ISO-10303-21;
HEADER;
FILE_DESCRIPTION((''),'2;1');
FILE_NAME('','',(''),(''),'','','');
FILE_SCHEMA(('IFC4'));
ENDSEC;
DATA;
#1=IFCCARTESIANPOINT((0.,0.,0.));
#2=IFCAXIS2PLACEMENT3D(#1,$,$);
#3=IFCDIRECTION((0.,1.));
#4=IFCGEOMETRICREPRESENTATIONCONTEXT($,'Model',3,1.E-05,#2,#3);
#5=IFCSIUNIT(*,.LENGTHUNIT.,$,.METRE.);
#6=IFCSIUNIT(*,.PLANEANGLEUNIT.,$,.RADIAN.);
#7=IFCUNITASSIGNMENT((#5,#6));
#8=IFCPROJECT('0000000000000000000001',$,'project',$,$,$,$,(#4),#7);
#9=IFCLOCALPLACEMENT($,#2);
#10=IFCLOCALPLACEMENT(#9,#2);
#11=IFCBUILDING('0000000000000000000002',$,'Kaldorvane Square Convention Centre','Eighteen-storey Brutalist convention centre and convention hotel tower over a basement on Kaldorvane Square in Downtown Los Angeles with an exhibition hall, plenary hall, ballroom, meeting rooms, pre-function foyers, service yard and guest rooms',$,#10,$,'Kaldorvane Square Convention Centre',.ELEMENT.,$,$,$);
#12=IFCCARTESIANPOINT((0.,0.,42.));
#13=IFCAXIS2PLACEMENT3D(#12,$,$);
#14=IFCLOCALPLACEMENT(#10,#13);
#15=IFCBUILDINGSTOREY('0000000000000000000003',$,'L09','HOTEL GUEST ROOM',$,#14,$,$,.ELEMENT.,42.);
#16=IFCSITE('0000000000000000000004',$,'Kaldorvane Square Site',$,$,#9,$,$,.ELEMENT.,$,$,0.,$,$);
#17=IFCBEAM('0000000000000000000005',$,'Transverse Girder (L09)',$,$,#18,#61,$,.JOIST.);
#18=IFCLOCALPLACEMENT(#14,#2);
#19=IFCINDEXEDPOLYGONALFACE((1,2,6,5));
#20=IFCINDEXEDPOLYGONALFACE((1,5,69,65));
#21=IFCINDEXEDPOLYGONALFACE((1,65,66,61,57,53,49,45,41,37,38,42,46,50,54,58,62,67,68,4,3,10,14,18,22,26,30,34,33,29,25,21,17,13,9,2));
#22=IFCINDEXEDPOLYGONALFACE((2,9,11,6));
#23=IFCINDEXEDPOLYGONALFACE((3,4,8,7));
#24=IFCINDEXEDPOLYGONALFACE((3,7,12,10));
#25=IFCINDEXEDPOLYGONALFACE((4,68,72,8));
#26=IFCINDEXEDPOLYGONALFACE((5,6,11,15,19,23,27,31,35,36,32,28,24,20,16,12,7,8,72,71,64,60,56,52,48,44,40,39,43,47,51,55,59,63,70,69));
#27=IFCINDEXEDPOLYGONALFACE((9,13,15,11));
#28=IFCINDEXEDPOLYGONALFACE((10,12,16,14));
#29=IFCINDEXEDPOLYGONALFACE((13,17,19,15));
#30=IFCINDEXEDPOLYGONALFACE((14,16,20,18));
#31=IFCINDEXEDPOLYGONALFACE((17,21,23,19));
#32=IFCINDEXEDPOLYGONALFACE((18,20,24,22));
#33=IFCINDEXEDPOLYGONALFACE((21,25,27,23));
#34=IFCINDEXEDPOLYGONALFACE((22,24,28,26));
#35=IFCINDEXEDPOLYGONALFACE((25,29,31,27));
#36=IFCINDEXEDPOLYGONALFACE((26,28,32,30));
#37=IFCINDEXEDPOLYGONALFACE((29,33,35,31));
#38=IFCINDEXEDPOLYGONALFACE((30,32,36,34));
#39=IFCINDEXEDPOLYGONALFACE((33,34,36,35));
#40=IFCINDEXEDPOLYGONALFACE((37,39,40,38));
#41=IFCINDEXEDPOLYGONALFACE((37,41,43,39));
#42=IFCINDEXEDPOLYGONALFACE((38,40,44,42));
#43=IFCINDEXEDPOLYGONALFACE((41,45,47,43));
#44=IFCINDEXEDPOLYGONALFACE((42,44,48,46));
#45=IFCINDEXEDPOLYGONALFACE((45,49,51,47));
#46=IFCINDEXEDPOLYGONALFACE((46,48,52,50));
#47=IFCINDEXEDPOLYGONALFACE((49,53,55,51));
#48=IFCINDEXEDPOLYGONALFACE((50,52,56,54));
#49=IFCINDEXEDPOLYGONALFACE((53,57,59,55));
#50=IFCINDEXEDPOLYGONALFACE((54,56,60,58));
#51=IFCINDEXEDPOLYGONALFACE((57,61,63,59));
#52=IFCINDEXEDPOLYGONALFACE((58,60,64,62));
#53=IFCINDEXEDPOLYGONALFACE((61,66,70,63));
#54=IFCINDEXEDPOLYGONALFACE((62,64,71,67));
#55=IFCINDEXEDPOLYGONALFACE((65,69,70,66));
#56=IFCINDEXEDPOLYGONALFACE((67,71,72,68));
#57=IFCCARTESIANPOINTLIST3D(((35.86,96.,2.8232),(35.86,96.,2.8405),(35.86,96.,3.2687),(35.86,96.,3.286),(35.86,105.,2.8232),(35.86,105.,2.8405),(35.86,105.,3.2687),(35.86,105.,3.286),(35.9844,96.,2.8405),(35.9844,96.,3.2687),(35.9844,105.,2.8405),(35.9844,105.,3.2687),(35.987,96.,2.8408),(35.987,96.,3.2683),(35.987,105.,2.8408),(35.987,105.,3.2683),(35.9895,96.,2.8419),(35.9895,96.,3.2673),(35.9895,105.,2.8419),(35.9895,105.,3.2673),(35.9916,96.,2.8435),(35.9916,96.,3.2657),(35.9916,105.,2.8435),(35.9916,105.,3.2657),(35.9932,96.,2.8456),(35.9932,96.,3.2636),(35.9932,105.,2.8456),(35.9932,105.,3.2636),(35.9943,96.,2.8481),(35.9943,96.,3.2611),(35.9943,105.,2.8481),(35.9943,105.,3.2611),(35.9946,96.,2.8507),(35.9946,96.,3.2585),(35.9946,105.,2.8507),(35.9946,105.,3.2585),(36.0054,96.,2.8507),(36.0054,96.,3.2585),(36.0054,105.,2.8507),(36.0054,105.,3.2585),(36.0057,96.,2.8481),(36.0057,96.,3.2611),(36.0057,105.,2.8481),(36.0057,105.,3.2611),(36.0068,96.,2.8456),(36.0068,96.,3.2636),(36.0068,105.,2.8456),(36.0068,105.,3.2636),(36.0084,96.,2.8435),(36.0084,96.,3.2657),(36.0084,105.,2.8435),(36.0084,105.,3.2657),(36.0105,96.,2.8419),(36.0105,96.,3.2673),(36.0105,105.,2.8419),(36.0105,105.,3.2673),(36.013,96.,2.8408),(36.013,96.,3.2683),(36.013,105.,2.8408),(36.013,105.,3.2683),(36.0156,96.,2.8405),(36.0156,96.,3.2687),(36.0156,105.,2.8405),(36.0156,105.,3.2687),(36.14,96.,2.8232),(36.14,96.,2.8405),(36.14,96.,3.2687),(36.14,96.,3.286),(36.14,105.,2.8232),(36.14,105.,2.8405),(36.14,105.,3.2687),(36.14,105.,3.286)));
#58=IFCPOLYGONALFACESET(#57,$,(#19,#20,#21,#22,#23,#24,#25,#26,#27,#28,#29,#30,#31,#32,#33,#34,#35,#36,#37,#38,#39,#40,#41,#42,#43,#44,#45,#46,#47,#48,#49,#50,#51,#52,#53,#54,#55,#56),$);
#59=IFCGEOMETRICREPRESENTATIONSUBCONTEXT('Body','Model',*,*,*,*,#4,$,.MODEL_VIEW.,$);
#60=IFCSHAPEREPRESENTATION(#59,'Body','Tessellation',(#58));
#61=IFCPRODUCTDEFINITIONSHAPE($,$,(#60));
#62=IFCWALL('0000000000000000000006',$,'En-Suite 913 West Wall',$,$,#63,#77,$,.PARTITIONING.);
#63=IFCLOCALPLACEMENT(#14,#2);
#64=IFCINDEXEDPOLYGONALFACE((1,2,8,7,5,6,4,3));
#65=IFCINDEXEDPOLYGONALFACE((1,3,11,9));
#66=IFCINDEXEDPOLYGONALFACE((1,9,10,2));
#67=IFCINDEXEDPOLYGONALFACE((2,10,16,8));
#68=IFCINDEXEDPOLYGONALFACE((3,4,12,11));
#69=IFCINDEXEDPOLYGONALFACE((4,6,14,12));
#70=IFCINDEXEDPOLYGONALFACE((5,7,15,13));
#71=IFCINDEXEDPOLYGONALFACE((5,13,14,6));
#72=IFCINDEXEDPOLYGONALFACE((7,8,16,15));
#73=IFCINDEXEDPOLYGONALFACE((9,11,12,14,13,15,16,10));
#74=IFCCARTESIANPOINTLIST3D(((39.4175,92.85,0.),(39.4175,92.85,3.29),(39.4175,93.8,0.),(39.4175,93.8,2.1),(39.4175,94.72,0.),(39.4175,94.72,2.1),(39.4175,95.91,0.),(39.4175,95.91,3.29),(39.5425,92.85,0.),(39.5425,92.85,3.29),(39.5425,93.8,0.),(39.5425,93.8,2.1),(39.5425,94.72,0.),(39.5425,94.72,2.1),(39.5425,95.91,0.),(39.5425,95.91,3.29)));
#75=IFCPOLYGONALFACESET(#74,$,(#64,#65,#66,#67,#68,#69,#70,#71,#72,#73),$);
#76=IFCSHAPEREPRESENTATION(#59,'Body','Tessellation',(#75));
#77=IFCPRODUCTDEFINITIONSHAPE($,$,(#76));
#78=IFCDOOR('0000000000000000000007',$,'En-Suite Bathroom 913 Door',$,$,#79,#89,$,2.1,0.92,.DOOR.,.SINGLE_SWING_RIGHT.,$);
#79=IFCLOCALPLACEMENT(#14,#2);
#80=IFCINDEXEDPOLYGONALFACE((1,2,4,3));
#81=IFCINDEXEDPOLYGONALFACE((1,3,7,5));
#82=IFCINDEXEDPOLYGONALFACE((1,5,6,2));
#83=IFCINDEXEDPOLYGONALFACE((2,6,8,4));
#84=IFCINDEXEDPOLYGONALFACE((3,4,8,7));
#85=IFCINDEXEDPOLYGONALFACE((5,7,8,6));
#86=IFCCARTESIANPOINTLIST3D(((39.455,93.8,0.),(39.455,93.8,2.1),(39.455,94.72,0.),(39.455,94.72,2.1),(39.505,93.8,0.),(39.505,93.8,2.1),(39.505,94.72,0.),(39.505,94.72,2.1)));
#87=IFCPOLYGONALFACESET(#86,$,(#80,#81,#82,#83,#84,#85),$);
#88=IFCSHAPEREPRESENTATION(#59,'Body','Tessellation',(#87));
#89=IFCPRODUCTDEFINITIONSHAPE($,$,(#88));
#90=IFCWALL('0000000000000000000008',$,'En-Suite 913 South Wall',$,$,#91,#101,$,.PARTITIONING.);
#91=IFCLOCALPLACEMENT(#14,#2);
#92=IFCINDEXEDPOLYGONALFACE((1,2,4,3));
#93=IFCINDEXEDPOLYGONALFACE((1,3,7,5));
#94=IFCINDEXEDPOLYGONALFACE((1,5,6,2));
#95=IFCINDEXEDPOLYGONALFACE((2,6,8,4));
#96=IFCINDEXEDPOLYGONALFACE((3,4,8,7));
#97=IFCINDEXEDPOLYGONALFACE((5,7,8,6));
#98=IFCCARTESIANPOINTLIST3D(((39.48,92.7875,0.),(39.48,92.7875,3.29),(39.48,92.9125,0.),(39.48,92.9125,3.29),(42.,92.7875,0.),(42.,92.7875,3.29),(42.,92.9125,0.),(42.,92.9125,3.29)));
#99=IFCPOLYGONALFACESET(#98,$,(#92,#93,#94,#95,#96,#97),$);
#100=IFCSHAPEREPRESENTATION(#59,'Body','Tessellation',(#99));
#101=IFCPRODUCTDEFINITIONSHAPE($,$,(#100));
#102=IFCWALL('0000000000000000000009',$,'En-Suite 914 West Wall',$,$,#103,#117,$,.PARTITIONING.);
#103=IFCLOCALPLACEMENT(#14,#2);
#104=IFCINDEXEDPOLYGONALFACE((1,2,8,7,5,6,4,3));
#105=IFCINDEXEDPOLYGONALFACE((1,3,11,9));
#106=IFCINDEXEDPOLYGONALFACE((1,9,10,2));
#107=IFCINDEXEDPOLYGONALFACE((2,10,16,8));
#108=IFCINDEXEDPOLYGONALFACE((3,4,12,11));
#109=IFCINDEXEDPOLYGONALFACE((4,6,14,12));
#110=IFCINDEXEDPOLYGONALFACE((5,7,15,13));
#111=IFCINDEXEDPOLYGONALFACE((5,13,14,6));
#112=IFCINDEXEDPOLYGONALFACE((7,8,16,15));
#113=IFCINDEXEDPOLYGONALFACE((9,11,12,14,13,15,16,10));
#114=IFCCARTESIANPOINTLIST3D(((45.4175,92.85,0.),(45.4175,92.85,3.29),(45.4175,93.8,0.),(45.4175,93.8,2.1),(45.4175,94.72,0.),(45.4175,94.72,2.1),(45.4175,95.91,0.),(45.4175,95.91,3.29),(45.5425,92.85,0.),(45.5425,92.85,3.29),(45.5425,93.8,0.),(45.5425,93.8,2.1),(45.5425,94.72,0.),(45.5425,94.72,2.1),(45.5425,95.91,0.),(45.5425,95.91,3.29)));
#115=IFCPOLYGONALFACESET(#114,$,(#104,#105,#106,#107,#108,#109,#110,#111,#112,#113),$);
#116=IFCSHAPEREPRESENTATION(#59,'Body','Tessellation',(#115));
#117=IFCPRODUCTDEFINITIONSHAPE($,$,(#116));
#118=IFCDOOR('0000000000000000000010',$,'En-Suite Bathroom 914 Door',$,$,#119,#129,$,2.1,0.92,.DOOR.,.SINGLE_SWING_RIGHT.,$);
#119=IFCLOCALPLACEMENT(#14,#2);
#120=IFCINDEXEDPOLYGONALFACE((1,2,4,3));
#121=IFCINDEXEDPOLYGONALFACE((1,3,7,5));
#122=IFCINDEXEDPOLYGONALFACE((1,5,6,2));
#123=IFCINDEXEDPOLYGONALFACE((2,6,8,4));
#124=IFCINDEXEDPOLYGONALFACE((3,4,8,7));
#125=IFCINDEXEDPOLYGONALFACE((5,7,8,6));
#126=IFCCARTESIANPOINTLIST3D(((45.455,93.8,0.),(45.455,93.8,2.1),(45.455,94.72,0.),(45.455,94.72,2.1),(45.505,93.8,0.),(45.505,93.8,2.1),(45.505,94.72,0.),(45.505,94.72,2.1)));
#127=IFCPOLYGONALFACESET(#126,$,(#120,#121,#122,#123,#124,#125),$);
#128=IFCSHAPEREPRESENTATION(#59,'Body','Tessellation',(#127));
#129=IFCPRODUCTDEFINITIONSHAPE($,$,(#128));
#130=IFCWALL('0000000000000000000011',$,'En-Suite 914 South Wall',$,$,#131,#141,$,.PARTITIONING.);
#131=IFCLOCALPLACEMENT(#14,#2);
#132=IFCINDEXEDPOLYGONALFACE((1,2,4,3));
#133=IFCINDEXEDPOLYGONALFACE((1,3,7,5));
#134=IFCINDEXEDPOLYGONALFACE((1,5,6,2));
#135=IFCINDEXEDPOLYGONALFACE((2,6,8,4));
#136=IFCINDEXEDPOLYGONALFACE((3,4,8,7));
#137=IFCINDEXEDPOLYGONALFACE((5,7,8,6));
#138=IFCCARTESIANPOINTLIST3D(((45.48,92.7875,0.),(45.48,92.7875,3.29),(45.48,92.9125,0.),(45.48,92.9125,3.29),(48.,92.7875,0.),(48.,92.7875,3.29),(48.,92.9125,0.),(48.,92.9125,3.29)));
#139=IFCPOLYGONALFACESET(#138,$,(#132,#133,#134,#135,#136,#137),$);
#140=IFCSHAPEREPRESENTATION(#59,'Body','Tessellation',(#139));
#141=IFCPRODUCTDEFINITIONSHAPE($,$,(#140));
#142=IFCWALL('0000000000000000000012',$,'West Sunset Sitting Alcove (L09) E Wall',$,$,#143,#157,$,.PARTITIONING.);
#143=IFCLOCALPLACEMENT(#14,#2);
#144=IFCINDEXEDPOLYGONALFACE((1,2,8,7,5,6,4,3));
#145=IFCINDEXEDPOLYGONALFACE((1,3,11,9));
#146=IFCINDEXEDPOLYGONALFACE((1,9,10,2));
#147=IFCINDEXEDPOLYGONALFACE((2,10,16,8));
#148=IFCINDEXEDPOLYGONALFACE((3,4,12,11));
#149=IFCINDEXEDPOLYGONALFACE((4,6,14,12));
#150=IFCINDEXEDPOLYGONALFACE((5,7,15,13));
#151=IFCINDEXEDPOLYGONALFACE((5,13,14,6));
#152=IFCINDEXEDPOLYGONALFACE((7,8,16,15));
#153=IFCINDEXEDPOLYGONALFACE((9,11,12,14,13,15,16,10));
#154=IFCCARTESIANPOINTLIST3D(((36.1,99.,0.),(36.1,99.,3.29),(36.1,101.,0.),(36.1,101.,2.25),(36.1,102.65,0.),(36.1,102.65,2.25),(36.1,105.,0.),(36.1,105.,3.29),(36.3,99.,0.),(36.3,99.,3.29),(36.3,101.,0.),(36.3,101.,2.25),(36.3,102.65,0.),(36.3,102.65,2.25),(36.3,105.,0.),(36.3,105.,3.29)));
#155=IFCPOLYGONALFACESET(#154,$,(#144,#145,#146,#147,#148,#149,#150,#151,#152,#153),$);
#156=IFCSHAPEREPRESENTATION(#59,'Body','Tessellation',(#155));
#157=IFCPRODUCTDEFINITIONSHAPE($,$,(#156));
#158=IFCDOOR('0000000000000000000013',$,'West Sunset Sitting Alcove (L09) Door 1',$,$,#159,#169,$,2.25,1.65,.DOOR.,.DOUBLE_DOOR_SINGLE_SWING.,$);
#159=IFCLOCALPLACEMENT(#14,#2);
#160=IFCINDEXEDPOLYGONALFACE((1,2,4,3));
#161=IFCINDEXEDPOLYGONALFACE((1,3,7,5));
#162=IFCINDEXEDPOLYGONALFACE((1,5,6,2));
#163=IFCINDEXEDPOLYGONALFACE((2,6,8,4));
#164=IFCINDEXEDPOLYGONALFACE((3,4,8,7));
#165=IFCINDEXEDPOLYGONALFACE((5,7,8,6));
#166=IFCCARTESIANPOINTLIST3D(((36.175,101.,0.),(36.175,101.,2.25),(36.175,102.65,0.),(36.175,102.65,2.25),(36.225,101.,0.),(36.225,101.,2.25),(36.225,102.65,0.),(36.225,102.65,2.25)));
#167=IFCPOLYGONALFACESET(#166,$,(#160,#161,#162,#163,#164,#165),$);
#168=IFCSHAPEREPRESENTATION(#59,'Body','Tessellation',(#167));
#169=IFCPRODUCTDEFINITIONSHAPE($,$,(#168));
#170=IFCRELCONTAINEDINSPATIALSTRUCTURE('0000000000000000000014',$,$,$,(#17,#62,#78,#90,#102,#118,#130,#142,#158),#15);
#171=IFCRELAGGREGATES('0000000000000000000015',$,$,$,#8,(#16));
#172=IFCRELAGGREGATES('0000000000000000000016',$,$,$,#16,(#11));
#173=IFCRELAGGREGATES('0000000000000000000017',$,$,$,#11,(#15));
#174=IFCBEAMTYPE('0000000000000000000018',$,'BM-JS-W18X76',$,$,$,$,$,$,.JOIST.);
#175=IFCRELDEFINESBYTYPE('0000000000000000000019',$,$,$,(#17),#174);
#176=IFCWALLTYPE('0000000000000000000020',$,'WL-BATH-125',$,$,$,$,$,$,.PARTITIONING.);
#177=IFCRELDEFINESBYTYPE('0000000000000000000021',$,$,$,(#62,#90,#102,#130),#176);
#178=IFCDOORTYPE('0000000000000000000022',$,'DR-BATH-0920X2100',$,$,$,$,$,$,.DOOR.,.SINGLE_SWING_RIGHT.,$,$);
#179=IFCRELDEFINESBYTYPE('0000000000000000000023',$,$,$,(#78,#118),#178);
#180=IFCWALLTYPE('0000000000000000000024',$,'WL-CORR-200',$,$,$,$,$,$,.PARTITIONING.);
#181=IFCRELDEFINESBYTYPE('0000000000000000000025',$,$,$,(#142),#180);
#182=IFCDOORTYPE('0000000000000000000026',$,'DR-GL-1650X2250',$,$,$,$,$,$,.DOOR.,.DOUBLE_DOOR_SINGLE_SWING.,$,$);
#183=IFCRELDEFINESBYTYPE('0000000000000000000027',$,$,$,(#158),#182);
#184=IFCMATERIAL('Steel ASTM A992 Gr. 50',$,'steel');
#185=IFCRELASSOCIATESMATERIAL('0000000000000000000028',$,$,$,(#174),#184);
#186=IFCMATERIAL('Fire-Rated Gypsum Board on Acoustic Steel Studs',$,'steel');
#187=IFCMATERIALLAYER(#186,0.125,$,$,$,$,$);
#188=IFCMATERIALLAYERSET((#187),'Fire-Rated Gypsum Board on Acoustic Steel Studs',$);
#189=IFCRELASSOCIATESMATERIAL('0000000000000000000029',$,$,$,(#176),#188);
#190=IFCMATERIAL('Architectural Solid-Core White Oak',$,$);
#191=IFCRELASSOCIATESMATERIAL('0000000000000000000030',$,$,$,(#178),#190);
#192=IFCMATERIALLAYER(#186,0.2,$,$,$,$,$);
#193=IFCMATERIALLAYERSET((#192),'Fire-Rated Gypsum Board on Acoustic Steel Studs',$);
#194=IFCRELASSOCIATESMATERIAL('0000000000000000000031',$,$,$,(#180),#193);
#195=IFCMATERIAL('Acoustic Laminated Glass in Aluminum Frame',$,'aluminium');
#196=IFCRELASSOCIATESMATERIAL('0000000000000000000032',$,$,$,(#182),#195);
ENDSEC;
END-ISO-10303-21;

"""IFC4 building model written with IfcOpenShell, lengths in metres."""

from ifc_helpers import new_model, si_unit, direction, frame, frame_2d, origin, origin_2d, place, context, subcontext, project, spatial, rectangle, i_section, extrude, material, layer, layer_set, material_profile, profile_set, type_object, element, fill, save


model = new_model("IFC4")

# Units and contexts
model_context = context("Model", 3, precision=1e-05, world=origin(), true_north=direction((0.0, 1.0)))
body_context = subcontext(model_context, "Body", "Model", "MODEL_VIEW")
ifc_project = project(units=[si_unit("LENGTHUNIT", "METRE"), si_unit("PLANEANGLEUNIT", "RADIAN")], contexts=[model_context])

# Site, building, storey
site_placement = place(None, origin())
site = spatial("IfcSite", under=ifc_project, at=site_placement, Name="Kaldorvane Square Site", CompositionType="ELEMENT", RefElevation=0.0)
building_placement = place(site_placement, origin())
building = spatial("IfcBuilding", under=site, at=building_placement, Name="Kaldorvane Square Convention Centre", Description="Eighteen-storey Brutalist convention centre and convention hotel tower over a basement on Kaldorvane Square in Downtown Los Angeles with an exhibition hall, plenary hall, ballroom, meeting rooms, pre-function foyers, service yard and guest rooms", LongName="Kaldorvane Square Convention Centre", CompositionType="ELEMENT")
storey_placement = place(building_placement, frame((0.0, 0.0, 42.0)))
storey = spatial("IfcBuildingStorey", under=building, at=storey_placement, Name="L09", Description="HOTEL GUEST ROOM", CompositionType="ELEMENT", Elevation=42.0)

# Shared definitions
ifc_material_1 = material(Name="Steel ASTM A992 Gr. 50", Category="steel")

# Beam
ifc_material_profile_1 = material_profile(ifc_material_1, i_section(OverallWidth=0.2799, OverallDepth=0.4628, WebThickness=0.0108, FlangeThickness=0.0173, FilletRadius=0.0102, at=origin_2d()), Name="W18X76")
ifc_profile_set_1 = profile_set([ifc_material_profile_1], Name="Steel ASTM A992 Gr. 50")
beam_type_1 = type_object("IfcBeamType", Name="BM-JS-W18X76", PredefinedType="JOIST", material=ifc_profile_set_1)
beam_1_placement = place(storey_placement, frame((36.0, 96.0, 3.0546), z_axis=(0.0, 1.0, 0.0), x_axis=(-1.0, 0.0, 0.0)))
element("IfcBeam", 1, at=beam_1_placement, inside=storey, type_object=beam_type_1, Name="Transverse Girder (L09)", PredefinedType="JOIST", context=body_context, shape_type="SweptSolid", body=[
    extrude(i_section(OverallWidth=0.2799, OverallDepth=0.4628, WebThickness=0.0108, FlangeThickness=0.0173, FilletRadius=0.0102, at=origin_2d()), origin(), (0.0, 0.0, 1.0), 9.0),
])

# Wall, opening, door
ifc_material_2 = material(Name="Fire-Rated Gypsum Board on Acoustic Steel Studs", Category="steel")
ifc_layer_1 = layer(ifc_material_2, 0.125)
ifc_layer_set_1 = layer_set([ifc_layer_1], Name="Fire-Rated Gypsum Board on Acoustic Steel Studs")
wall_type_1 = type_object("IfcWallType", Name="WL-BATH-125", PredefinedType="PARTITIONING", material=ifc_layer_set_1)
wall_1_placement = place(storey_placement, frame((39.48, 92.85, 0.0), z_axis=(0.0, 0.0, 1.0), x_axis=(0.0, 1.0, 0.0)))
wall_1 = element("IfcWall", 2, at=wall_1_placement, inside=storey, type_object=wall_type_1, Name="En-Suite 913 West Wall", PredefinedType="PARTITIONING", context=body_context, shape_type="SweptSolid", body=[
    extrude(rectangle(XDim=3.06, YDim=0.125, at=frame_2d((1.53, 0.0))), origin(), (0.0, 0.0, 1.0), 3.29),
])
opening_1_placement = place(wall_1_placement, frame((0.95, 0.0, 0.0)))
opening_1 = element("IfcOpeningElement", 3, at=opening_1_placement, cuts=wall_1, PredefinedType="OPENING", context=body_context, shape_type="SweptSolid", body=[
    extrude(rectangle(XDim=0.92, YDim=2.1, at=frame_2d((0.46, 1.05))), frame((0.0, 0.0775, 0.0), z_axis=(0.0, -1.0, 0.0), x_axis=(1.0, 0.0, 0.0)), (0.0, 0.0, 1.0), 0.155),
])
ifc_material_3 = material(Name="Architectural Solid-Core White Oak")
door_type_1 = type_object("IfcDoorType", Name="DR-BATH-0920X2100", OperationType="SINGLE_SWING_RIGHT", PredefinedType="DOOR", material=ifc_material_3)
door_1_placement = place(opening_1_placement, origin())
door_1 = element("IfcDoor", 4, at=door_1_placement, inside=storey, type_object=door_type_1, Name="En-Suite Bathroom 913 Door", OperationType="SINGLE_SWING_RIGHT", OverallHeight=2.1, OverallWidth=0.92, PredefinedType="DOOR", context=body_context, shape_type="SweptSolid", body=[
    extrude(rectangle(XDim=0.92, YDim=2.1, at=frame_2d((0.46, 1.05))), frame((0.0, 0.025, 0.0), z_axis=(0.0, -1.0, 0.0), x_axis=(1.0, 0.0, 0.0)), (0.0, 0.0, 1.0), 0.05),
])
fill(opening_1, door_1)

# Wall
wall_2_placement = place(storey_placement, frame((39.48, 92.85, 0.0), z_axis=(0.0, 0.0, 1.0), x_axis=(1.0, 0.0, 0.0)))
element("IfcWall", 5, at=wall_2_placement, inside=storey, type_object=wall_type_1, Name="En-Suite 913 South Wall", PredefinedType="PARTITIONING", context=body_context, shape_type="SweptSolid", body=[
    extrude(rectangle(XDim=2.52, YDim=0.125, at=frame_2d((1.26, 0.0))), origin(), (0.0, 0.0, 1.0), 3.29),
])

# Wall, opening, door
wall_3_placement = place(storey_placement, frame((45.48, 92.85, 0.0), z_axis=(0.0, 0.0, 1.0), x_axis=(0.0, 1.0, 0.0)))
wall_3 = element("IfcWall", 6, at=wall_3_placement, inside=storey, type_object=wall_type_1, Name="En-Suite 914 West Wall", PredefinedType="PARTITIONING", context=body_context, shape_type="SweptSolid", body=[
    extrude(rectangle(XDim=3.06, YDim=0.125, at=frame_2d((1.53, 0.0))), origin(), (0.0, 0.0, 1.0), 3.29),
])
opening_2_placement = place(wall_3_placement, frame((0.95, 0.0, 0.0)))
opening_2 = element("IfcOpeningElement", 7, at=opening_2_placement, cuts=wall_3, PredefinedType="OPENING", context=body_context, shape_type="SweptSolid", body=[
    extrude(rectangle(XDim=0.92, YDim=2.1, at=frame_2d((0.46, 1.05))), frame((0.0, 0.0775, 0.0), z_axis=(0.0, -1.0, 0.0), x_axis=(1.0, 0.0, 0.0)), (0.0, 0.0, 1.0), 0.155),
])
door_2_placement = place(opening_2_placement, origin())
door_2 = element("IfcDoor", 8, at=door_2_placement, inside=storey, type_object=door_type_1, Name="En-Suite Bathroom 914 Door", OperationType="SINGLE_SWING_RIGHT", OverallHeight=2.1, OverallWidth=0.92, PredefinedType="DOOR", context=body_context, shape_type="SweptSolid", body=[
    extrude(rectangle(XDim=0.92, YDim=2.1, at=frame_2d((0.46, 1.05))), frame((0.0, 0.025, 0.0), z_axis=(0.0, -1.0, 0.0), x_axis=(1.0, 0.0, 0.0)), (0.0, 0.0, 1.0), 0.05),
])
fill(opening_2, door_2)

# Wall
wall_4_placement = place(storey_placement, frame((45.48, 92.85, 0.0), z_axis=(0.0, 0.0, 1.0), x_axis=(1.0, 0.0, 0.0)))
element("IfcWall", 9, at=wall_4_placement, inside=storey, type_object=wall_type_1, Name="En-Suite 914 South Wall", PredefinedType="PARTITIONING", context=body_context, shape_type="SweptSolid", body=[
    extrude(rectangle(XDim=2.52, YDim=0.125, at=frame_2d((1.26, 0.0))), origin(), (0.0, 0.0, 1.0), 3.29),
])

# Wall, opening, door
ifc_layer_2 = layer(ifc_material_2, 0.2)
ifc_layer_set_2 = layer_set([ifc_layer_2], Name="Fire-Rated Gypsum Board on Acoustic Steel Studs")
wall_type_2 = type_object("IfcWallType", Name="WL-CORR-200", PredefinedType="PARTITIONING", material=ifc_layer_set_2)
wall_5_placement = place(storey_placement, frame((36.2, 99.0, 0.0), z_axis=(0.0, 0.0, 1.0), x_axis=(0.0, 1.0, 0.0)))
wall_5 = element("IfcWall", 10, at=wall_5_placement, inside=storey, type_object=wall_type_2, Name="West Sunset Sitting Alcove (L09) E Wall", PredefinedType="PARTITIONING", context=body_context, shape_type="SweptSolid", body=[
    extrude(rectangle(XDim=6.0, YDim=0.2, at=frame_2d((3.0, 0.0))), origin(), (0.0, 0.0, 1.0), 3.29),
])
opening_3_placement = place(wall_5_placement, frame((2.0, 0.0, 0.0)))
opening_3 = element("IfcOpeningElement", 11, at=opening_3_placement, cuts=wall_5, PredefinedType="OPENING", context=body_context, shape_type="SweptSolid", body=[
    extrude(rectangle(XDim=1.65, YDim=2.25, at=frame_2d((0.825, 1.125))), frame((0.0, 0.115, 0.0), z_axis=(0.0, -1.0, 0.0), x_axis=(1.0, 0.0, 0.0)), (0.0, 0.0, 1.0), 0.23),
])
ifc_material_4 = material(Name="Acoustic Laminated Glass in Aluminum Frame", Category="aluminium")
door_type_2 = type_object("IfcDoorType", Name="DR-GL-1650X2250", OperationType="DOUBLE_DOOR_SINGLE_SWING", PredefinedType="DOOR", material=ifc_material_4)
door_3_placement = place(opening_3_placement, origin())
door_3 = element("IfcDoor", 12, at=door_3_placement, inside=storey, type_object=door_type_2, Name="West Sunset Sitting Alcove (L09) Door 1", OperationType="DOUBLE_DOOR_SINGLE_SWING", OverallHeight=2.25, OverallWidth=1.65, PredefinedType="DOOR", context=body_context, shape_type="SweptSolid", body=[
    extrude(rectangle(XDim=1.65, YDim=2.25, at=frame_2d((0.825, 1.125))), frame((0.0, 0.025, 0.0), z_axis=(0.0, -1.0, 0.0), x_axis=(1.0, 0.0, 0.0)), (0.0, 0.0, 1.0), 0.05),
])
fill(opening_3, door_3)

save(model, "model.ifc")
